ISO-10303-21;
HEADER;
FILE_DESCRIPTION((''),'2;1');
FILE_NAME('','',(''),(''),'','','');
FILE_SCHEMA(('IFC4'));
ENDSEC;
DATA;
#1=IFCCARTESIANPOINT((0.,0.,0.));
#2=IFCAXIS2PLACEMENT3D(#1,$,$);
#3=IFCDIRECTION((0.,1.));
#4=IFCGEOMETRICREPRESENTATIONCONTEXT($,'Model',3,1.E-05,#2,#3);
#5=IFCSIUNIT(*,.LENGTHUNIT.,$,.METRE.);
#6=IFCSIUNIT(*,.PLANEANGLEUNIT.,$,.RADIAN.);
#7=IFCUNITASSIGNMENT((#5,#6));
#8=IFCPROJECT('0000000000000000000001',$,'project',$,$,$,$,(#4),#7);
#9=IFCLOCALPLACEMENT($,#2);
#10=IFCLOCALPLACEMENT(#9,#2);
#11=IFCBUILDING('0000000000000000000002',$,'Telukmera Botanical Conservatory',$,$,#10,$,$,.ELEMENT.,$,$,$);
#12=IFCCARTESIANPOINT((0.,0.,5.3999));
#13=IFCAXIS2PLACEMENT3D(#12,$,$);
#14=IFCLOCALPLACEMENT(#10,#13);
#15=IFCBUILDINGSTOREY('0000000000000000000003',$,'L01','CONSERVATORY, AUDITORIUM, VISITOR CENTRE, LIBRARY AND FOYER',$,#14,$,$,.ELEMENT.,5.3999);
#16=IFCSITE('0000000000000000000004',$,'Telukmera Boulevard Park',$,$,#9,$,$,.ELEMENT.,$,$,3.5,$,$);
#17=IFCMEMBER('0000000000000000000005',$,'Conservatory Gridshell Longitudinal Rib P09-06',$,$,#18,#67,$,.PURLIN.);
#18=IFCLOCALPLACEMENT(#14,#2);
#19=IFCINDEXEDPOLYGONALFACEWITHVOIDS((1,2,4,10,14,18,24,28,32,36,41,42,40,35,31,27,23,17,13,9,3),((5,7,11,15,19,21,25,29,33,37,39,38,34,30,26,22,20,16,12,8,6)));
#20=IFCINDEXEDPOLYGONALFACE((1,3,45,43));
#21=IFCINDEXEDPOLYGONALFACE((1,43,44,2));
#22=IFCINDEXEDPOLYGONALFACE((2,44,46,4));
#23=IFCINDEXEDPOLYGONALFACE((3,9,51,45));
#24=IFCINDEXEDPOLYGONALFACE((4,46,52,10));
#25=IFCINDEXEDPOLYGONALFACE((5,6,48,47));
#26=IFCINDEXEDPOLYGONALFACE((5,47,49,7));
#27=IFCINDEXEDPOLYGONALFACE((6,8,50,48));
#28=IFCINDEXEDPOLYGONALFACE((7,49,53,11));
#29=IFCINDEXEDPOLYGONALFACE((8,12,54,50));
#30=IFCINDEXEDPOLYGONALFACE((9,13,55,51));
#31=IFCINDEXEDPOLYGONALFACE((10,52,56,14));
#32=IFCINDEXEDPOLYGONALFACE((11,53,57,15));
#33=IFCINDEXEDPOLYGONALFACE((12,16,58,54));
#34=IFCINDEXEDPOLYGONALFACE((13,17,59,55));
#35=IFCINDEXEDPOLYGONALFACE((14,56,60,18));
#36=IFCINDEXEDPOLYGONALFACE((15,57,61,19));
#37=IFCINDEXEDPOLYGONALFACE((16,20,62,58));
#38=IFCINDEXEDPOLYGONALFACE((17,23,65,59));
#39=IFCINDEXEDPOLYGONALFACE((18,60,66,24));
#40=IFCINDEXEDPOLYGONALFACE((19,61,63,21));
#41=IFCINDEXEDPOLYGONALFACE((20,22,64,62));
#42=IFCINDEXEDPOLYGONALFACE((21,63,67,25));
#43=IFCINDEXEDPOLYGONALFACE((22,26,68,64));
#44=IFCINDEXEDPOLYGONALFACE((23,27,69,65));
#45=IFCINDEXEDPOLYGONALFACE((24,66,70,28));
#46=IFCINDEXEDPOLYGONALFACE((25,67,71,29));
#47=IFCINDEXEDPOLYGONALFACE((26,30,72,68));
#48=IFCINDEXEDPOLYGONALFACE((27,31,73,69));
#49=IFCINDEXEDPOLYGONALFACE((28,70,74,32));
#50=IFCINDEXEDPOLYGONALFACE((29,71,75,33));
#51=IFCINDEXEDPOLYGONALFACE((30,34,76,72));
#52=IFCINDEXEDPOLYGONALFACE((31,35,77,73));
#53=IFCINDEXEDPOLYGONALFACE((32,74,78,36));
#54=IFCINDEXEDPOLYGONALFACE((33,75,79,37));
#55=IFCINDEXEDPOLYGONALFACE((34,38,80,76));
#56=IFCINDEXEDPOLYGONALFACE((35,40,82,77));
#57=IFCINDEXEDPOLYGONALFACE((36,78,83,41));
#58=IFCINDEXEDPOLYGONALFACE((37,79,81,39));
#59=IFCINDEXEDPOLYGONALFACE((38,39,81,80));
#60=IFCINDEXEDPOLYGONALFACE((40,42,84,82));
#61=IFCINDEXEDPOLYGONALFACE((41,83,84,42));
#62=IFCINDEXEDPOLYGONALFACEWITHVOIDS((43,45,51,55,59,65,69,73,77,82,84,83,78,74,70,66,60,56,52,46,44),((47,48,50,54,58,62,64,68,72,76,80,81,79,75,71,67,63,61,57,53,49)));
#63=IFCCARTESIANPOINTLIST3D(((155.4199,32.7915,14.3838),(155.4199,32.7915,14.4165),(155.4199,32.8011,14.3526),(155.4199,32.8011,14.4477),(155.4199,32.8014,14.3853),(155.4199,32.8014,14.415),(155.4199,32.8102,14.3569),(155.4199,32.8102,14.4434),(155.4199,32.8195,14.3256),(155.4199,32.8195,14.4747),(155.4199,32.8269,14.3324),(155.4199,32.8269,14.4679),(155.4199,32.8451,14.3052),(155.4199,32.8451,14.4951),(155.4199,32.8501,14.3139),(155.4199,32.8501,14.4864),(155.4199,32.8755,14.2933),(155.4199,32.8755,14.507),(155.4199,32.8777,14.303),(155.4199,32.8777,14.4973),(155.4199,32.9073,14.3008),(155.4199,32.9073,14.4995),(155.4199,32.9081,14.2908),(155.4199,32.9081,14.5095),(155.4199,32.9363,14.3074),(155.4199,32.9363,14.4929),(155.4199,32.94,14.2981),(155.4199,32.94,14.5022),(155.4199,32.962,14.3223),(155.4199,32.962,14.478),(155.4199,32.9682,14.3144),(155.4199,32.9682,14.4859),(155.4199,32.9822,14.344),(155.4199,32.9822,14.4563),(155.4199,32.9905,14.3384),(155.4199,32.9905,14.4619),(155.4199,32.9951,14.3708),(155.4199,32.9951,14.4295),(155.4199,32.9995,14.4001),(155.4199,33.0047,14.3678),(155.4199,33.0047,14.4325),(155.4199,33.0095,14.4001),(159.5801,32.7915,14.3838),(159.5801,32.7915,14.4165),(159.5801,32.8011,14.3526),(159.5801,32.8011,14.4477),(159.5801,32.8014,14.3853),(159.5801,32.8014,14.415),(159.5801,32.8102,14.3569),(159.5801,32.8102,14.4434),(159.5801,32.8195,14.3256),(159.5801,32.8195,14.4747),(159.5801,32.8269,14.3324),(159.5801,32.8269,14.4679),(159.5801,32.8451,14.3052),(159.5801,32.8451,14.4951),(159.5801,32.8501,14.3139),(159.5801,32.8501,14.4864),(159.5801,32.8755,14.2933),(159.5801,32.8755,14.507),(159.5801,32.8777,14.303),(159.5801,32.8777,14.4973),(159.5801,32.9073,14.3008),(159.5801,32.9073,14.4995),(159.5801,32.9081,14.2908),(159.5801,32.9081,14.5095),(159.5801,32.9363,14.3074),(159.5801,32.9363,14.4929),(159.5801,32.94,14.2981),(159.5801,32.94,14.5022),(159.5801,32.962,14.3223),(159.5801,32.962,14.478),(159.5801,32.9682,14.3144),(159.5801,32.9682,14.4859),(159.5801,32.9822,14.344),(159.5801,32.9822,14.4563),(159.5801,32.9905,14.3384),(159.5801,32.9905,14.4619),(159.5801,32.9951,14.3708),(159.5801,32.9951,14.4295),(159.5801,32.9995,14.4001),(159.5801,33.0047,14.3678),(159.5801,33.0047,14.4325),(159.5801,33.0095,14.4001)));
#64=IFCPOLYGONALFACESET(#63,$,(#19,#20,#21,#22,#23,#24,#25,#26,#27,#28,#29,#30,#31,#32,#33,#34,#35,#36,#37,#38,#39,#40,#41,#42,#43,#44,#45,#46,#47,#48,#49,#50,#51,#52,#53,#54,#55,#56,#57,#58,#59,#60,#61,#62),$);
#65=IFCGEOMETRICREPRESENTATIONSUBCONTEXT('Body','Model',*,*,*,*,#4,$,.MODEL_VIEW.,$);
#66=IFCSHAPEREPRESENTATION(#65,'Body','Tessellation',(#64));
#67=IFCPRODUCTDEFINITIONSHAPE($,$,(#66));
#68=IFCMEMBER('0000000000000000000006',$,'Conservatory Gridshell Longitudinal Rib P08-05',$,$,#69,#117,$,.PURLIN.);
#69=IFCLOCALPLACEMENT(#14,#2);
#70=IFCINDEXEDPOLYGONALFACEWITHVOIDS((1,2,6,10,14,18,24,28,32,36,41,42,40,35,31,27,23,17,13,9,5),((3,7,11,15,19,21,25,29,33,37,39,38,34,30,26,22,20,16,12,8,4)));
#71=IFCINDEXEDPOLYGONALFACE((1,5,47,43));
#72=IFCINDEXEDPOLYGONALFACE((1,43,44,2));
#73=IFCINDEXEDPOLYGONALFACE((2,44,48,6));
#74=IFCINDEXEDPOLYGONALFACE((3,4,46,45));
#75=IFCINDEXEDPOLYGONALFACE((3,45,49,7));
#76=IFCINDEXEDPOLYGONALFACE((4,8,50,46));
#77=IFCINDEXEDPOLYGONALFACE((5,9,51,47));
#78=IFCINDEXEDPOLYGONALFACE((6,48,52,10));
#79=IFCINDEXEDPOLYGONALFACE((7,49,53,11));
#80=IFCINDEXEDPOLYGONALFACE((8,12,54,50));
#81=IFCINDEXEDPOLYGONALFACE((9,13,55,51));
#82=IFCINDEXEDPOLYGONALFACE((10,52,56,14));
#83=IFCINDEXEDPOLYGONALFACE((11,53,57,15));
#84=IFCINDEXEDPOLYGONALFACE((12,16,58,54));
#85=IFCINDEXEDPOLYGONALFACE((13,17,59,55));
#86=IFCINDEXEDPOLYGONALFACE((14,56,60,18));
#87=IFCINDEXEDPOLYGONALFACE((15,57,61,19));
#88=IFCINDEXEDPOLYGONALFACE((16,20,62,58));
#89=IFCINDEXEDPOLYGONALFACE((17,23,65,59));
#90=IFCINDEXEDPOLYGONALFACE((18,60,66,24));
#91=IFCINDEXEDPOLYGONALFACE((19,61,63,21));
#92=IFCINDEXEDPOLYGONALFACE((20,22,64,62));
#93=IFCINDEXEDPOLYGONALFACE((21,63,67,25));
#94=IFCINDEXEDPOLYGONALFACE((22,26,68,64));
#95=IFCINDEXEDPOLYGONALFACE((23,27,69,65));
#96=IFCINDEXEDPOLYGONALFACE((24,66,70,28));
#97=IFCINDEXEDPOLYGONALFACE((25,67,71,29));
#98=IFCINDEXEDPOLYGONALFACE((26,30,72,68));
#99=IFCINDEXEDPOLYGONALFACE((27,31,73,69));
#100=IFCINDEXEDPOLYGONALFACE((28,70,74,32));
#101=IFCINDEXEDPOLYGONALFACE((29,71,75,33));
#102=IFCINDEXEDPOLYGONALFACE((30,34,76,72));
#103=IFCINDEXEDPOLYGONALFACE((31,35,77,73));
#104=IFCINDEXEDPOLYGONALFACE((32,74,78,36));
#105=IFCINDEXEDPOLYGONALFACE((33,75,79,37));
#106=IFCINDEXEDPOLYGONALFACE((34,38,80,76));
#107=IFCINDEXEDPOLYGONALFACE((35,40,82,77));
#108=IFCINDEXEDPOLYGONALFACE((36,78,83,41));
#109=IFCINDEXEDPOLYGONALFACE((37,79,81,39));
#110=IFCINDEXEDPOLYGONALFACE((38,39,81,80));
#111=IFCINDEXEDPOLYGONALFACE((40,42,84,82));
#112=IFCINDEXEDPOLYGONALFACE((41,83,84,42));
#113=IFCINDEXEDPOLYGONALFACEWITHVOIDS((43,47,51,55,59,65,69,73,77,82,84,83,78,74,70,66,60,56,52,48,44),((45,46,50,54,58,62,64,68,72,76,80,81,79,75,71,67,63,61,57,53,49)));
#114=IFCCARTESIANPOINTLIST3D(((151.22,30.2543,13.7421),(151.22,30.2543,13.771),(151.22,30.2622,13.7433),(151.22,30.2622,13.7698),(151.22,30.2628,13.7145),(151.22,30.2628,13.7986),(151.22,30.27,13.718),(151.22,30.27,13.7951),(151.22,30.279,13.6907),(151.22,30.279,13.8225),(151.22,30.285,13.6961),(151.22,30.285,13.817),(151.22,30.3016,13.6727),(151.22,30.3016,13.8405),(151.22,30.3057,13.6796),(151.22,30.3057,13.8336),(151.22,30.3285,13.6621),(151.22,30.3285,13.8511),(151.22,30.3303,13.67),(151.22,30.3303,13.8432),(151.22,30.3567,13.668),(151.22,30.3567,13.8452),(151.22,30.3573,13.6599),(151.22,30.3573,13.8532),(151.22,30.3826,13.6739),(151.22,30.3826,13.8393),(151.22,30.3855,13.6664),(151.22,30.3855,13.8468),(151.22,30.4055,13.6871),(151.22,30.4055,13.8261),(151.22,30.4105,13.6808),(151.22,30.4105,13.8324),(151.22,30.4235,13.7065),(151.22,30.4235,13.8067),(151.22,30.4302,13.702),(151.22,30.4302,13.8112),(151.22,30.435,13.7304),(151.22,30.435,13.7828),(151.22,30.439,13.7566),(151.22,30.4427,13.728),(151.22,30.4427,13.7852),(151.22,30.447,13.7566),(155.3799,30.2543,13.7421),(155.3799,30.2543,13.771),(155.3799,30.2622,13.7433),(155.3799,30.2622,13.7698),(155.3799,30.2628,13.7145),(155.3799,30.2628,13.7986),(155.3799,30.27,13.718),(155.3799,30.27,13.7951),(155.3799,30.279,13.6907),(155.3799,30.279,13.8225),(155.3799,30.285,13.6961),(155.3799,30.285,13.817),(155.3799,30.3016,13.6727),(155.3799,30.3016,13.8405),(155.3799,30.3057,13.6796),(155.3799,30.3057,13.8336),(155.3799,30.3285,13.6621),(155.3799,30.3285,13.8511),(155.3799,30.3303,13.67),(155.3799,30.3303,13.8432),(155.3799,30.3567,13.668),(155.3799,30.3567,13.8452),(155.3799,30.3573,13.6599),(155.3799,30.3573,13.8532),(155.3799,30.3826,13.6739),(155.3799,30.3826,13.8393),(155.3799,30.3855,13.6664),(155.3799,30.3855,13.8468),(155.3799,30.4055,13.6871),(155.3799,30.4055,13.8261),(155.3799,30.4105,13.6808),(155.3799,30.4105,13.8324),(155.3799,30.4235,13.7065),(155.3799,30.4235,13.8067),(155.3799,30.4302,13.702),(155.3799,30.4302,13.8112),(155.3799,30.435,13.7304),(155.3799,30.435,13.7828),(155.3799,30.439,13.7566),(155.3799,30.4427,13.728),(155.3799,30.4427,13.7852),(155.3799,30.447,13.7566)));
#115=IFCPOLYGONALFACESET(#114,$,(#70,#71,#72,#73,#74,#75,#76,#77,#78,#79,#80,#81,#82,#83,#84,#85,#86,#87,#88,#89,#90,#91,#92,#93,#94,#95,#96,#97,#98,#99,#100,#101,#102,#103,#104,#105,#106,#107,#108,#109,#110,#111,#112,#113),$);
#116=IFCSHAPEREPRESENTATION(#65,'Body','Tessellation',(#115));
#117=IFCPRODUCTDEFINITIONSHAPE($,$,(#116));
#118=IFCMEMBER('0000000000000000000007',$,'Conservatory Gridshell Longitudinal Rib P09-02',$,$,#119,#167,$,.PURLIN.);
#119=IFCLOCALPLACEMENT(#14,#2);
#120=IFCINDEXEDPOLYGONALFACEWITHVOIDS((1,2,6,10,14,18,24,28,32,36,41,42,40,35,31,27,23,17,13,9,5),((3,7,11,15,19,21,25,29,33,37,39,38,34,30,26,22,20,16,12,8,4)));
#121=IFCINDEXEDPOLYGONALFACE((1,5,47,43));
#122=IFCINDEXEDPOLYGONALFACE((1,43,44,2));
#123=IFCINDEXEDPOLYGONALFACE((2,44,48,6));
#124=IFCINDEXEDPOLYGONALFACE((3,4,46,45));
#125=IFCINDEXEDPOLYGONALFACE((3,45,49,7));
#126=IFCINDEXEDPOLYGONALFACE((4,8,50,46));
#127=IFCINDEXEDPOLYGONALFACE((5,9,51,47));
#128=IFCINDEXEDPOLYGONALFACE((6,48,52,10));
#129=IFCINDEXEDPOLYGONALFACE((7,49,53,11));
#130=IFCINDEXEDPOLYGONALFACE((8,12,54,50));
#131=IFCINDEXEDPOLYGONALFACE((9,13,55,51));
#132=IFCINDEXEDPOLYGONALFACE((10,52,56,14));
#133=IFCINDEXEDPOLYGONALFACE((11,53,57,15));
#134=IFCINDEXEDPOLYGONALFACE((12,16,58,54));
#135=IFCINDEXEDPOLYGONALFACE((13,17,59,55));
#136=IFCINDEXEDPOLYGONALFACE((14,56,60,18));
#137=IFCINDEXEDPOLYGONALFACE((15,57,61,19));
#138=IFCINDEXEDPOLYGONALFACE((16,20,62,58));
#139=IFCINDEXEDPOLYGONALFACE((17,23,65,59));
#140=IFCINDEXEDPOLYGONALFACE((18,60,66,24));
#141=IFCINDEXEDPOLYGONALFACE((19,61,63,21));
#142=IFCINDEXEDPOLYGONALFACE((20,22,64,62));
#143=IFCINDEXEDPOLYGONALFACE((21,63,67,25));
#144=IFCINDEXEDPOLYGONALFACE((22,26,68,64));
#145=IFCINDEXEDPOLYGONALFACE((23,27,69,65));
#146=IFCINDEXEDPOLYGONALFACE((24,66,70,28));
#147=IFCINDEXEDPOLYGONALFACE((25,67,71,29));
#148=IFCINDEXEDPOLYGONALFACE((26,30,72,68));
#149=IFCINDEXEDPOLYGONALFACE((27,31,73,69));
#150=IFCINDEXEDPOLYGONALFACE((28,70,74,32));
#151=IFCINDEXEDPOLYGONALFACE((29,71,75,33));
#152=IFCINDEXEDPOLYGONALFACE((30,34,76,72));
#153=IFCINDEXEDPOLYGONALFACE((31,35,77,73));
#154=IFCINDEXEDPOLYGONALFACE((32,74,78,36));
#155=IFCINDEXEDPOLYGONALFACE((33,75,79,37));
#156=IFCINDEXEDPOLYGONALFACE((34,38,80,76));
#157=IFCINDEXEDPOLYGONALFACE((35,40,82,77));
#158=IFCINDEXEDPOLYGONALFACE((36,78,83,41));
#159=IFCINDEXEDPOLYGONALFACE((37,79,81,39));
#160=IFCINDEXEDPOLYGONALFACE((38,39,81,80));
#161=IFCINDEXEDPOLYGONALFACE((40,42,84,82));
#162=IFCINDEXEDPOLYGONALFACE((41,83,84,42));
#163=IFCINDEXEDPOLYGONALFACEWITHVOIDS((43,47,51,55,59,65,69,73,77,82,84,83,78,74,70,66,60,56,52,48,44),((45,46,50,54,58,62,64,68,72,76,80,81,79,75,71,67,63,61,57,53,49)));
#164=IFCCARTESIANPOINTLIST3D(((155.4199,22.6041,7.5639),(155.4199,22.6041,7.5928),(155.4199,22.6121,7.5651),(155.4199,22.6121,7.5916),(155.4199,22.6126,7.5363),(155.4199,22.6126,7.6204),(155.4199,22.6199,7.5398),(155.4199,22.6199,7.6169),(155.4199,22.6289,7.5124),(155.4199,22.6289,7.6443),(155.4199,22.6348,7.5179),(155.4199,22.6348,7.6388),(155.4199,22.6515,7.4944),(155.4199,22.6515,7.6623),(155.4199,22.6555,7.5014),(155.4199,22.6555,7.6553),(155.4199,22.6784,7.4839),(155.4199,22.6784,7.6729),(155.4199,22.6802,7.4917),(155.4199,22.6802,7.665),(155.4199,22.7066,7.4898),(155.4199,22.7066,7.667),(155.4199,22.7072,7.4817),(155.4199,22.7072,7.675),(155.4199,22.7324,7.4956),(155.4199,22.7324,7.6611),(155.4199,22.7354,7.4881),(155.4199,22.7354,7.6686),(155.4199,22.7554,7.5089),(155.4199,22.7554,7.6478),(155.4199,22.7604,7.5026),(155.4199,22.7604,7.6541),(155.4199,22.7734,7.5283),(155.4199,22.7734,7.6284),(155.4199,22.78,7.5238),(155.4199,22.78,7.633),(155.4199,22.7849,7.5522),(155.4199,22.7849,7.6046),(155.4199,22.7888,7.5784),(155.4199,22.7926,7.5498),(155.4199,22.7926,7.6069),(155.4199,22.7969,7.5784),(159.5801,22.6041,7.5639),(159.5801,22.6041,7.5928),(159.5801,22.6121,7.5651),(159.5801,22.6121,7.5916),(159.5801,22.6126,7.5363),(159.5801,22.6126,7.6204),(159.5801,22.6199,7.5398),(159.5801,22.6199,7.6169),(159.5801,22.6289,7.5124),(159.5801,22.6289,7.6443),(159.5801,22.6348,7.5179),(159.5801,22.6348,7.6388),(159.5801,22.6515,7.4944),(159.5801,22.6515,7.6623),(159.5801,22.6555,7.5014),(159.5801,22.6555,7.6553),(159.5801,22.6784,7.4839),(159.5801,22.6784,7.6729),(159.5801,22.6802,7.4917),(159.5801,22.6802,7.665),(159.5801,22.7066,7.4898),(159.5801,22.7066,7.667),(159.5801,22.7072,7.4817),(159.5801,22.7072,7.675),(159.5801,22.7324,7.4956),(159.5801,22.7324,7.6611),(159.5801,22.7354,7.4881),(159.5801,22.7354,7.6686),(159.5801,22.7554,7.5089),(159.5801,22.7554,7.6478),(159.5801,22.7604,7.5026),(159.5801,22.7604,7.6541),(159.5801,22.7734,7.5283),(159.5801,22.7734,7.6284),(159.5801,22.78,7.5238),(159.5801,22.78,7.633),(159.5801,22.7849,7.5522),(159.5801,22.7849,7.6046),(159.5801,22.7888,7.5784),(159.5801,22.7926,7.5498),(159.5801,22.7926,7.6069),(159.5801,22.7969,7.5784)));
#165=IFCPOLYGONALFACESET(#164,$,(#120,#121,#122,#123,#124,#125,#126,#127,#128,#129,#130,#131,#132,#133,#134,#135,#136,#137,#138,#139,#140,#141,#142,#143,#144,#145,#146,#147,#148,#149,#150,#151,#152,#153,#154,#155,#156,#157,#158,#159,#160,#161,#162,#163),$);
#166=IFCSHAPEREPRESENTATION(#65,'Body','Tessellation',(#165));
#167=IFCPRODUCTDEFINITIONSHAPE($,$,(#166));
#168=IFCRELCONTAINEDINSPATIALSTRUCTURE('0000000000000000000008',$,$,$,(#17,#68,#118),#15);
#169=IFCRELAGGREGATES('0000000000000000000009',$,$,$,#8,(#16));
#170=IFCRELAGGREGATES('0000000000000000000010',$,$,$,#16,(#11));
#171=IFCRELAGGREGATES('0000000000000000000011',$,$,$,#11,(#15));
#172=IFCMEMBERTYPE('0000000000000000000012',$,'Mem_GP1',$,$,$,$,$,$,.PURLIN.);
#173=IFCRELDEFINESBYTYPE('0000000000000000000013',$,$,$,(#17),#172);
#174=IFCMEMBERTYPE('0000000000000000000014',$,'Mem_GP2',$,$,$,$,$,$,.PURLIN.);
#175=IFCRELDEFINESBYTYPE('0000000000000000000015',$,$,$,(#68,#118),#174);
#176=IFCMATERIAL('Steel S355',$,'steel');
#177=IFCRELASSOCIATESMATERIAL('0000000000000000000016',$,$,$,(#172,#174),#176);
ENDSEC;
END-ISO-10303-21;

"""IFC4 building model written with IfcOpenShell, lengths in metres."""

from ifc_helpers import new_model, si_unit, direction, frame, origin, origin_2d, place, context, subcontext, project, spatial, hollow_circle, extrude, material, material_profile, profile_set, type_object, element, save


model = new_model("IFC4")

# Units and contexts
model_context = context("Model", 3, precision=1e-05, world=origin(), true_north=direction((0.0, 1.0)))
body_context = subcontext(model_context, "Body", "Model", "MODEL_VIEW")
ifc_project = project(units=[si_unit("LENGTHUNIT", "METRE"), si_unit("PLANEANGLEUNIT", "RADIAN")], contexts=[model_context])

# Site, building, storey
site_placement = place(None, origin())
site = spatial("IfcSite", under=ifc_project, at=site_placement, Name="Telukmera Boulevard Park", CompositionType="ELEMENT", RefElevation=3.5)
building_placement = place(site_placement, origin())
building = spatial("IfcBuilding", under=site, at=building_placement, Name="Telukmera Botanical Conservatory", CompositionType="ELEMENT")
storey_placement = place(building_placement, frame((0.0, 0.0, 5.3999)))
storey = spatial("IfcBuildingStorey", under=building, at=storey_placement, Name="L01", Description="CONSERVATORY, AUDITORIUM, VISITOR CENTRE, LIBRARY AND FOYER", CompositionType="ELEMENT", Elevation=5.3999)

# Members
ifc_material = material(Name="Steel S355", Category="steel")
ifc_material_profile_1 = material_profile(ifc_material, hollow_circle(Radius=0.1096, WallThickness=0.01, at=origin_2d()), Name="CHS 219.1x10.0")
ifc_profile_set_1 = profile_set([ifc_material_profile_1], Name="Steel S355")
member_type_1 = type_object("IfcMemberType", Name="Mem_GP1", PredefinedType="PURLIN", material=ifc_profile_set_1)
for number, where, z_axis, x_axis, name in (
    (1, (155.4199, 32.8999, 14.4001), (1.0, 0.0, 0.0), (0.0, 1.0, 0.0), "Conservatory Gridshell Longitudinal Rib P09-06"),
):
    element("IfcMember", number, at=place(storey_placement, frame(where, z_axis=z_axis, x_axis=x_axis)), inside=storey, type_object=member_type_1, Name=name, PredefinedType="PURLIN", context=body_context, shape_type="SweptSolid", body=[
        extrude(hollow_circle(Radius=0.1096, WallThickness=0.01, at=origin_2d()), origin(), (0.0, 0.0, 1.0), 4.1602),
    ])
ifc_material_profile_2 = material_profile(ifc_material, hollow_circle(Radius=0.0969, WallThickness=0.0081, at=origin_2d()), Name="CHS 193.7x8.0")
ifc_profile_set_2 = profile_set([ifc_material_profile_2], Name="Steel S355")
member_type_2 = type_object("IfcMemberType", Name="Mem_GP2", PredefinedType="PURLIN", material=ifc_profile_set_2)
member_1_placement = place(storey_placement, frame((151.22, 30.3501, 13.7566), z_axis=(1.0, 0.0, 0.0), x_axis=(0.0, 1.0, 0.0)))
element("IfcMember", 2, at=member_1_placement, inside=storey, type_object=member_type_2, Name="Conservatory Gridshell Longitudinal Rib P08-05", PredefinedType="PURLIN", context=body_context, shape_type="SweptSolid", body=[
    extrude(hollow_circle(Radius=0.0969, WallThickness=0.0081, at=origin_2d()), origin(), (0.0, 0.0, 1.0), 4.1599),
])
for number, where, z_axis, x_axis, name in (
    (3, (155.4199, 22.7, 7.5784), (1.0, 0.0, 0.0), (0.0, 1.0, 0.0), "Conservatory Gridshell Longitudinal Rib P09-02"),
):
    element("IfcMember", number, at=place(storey_placement, frame(where, z_axis=z_axis, x_axis=x_axis)), inside=storey, type_object=member_type_2, Name=name, PredefinedType="PURLIN", context=body_context, shape_type="SweptSolid", body=[
        extrude(hollow_circle(Radius=0.0969, WallThickness=0.0081, at=origin_2d()), origin(), (0.0, 0.0, 1.0), 4.1602),
    ])

save(model, "model.ifc")
